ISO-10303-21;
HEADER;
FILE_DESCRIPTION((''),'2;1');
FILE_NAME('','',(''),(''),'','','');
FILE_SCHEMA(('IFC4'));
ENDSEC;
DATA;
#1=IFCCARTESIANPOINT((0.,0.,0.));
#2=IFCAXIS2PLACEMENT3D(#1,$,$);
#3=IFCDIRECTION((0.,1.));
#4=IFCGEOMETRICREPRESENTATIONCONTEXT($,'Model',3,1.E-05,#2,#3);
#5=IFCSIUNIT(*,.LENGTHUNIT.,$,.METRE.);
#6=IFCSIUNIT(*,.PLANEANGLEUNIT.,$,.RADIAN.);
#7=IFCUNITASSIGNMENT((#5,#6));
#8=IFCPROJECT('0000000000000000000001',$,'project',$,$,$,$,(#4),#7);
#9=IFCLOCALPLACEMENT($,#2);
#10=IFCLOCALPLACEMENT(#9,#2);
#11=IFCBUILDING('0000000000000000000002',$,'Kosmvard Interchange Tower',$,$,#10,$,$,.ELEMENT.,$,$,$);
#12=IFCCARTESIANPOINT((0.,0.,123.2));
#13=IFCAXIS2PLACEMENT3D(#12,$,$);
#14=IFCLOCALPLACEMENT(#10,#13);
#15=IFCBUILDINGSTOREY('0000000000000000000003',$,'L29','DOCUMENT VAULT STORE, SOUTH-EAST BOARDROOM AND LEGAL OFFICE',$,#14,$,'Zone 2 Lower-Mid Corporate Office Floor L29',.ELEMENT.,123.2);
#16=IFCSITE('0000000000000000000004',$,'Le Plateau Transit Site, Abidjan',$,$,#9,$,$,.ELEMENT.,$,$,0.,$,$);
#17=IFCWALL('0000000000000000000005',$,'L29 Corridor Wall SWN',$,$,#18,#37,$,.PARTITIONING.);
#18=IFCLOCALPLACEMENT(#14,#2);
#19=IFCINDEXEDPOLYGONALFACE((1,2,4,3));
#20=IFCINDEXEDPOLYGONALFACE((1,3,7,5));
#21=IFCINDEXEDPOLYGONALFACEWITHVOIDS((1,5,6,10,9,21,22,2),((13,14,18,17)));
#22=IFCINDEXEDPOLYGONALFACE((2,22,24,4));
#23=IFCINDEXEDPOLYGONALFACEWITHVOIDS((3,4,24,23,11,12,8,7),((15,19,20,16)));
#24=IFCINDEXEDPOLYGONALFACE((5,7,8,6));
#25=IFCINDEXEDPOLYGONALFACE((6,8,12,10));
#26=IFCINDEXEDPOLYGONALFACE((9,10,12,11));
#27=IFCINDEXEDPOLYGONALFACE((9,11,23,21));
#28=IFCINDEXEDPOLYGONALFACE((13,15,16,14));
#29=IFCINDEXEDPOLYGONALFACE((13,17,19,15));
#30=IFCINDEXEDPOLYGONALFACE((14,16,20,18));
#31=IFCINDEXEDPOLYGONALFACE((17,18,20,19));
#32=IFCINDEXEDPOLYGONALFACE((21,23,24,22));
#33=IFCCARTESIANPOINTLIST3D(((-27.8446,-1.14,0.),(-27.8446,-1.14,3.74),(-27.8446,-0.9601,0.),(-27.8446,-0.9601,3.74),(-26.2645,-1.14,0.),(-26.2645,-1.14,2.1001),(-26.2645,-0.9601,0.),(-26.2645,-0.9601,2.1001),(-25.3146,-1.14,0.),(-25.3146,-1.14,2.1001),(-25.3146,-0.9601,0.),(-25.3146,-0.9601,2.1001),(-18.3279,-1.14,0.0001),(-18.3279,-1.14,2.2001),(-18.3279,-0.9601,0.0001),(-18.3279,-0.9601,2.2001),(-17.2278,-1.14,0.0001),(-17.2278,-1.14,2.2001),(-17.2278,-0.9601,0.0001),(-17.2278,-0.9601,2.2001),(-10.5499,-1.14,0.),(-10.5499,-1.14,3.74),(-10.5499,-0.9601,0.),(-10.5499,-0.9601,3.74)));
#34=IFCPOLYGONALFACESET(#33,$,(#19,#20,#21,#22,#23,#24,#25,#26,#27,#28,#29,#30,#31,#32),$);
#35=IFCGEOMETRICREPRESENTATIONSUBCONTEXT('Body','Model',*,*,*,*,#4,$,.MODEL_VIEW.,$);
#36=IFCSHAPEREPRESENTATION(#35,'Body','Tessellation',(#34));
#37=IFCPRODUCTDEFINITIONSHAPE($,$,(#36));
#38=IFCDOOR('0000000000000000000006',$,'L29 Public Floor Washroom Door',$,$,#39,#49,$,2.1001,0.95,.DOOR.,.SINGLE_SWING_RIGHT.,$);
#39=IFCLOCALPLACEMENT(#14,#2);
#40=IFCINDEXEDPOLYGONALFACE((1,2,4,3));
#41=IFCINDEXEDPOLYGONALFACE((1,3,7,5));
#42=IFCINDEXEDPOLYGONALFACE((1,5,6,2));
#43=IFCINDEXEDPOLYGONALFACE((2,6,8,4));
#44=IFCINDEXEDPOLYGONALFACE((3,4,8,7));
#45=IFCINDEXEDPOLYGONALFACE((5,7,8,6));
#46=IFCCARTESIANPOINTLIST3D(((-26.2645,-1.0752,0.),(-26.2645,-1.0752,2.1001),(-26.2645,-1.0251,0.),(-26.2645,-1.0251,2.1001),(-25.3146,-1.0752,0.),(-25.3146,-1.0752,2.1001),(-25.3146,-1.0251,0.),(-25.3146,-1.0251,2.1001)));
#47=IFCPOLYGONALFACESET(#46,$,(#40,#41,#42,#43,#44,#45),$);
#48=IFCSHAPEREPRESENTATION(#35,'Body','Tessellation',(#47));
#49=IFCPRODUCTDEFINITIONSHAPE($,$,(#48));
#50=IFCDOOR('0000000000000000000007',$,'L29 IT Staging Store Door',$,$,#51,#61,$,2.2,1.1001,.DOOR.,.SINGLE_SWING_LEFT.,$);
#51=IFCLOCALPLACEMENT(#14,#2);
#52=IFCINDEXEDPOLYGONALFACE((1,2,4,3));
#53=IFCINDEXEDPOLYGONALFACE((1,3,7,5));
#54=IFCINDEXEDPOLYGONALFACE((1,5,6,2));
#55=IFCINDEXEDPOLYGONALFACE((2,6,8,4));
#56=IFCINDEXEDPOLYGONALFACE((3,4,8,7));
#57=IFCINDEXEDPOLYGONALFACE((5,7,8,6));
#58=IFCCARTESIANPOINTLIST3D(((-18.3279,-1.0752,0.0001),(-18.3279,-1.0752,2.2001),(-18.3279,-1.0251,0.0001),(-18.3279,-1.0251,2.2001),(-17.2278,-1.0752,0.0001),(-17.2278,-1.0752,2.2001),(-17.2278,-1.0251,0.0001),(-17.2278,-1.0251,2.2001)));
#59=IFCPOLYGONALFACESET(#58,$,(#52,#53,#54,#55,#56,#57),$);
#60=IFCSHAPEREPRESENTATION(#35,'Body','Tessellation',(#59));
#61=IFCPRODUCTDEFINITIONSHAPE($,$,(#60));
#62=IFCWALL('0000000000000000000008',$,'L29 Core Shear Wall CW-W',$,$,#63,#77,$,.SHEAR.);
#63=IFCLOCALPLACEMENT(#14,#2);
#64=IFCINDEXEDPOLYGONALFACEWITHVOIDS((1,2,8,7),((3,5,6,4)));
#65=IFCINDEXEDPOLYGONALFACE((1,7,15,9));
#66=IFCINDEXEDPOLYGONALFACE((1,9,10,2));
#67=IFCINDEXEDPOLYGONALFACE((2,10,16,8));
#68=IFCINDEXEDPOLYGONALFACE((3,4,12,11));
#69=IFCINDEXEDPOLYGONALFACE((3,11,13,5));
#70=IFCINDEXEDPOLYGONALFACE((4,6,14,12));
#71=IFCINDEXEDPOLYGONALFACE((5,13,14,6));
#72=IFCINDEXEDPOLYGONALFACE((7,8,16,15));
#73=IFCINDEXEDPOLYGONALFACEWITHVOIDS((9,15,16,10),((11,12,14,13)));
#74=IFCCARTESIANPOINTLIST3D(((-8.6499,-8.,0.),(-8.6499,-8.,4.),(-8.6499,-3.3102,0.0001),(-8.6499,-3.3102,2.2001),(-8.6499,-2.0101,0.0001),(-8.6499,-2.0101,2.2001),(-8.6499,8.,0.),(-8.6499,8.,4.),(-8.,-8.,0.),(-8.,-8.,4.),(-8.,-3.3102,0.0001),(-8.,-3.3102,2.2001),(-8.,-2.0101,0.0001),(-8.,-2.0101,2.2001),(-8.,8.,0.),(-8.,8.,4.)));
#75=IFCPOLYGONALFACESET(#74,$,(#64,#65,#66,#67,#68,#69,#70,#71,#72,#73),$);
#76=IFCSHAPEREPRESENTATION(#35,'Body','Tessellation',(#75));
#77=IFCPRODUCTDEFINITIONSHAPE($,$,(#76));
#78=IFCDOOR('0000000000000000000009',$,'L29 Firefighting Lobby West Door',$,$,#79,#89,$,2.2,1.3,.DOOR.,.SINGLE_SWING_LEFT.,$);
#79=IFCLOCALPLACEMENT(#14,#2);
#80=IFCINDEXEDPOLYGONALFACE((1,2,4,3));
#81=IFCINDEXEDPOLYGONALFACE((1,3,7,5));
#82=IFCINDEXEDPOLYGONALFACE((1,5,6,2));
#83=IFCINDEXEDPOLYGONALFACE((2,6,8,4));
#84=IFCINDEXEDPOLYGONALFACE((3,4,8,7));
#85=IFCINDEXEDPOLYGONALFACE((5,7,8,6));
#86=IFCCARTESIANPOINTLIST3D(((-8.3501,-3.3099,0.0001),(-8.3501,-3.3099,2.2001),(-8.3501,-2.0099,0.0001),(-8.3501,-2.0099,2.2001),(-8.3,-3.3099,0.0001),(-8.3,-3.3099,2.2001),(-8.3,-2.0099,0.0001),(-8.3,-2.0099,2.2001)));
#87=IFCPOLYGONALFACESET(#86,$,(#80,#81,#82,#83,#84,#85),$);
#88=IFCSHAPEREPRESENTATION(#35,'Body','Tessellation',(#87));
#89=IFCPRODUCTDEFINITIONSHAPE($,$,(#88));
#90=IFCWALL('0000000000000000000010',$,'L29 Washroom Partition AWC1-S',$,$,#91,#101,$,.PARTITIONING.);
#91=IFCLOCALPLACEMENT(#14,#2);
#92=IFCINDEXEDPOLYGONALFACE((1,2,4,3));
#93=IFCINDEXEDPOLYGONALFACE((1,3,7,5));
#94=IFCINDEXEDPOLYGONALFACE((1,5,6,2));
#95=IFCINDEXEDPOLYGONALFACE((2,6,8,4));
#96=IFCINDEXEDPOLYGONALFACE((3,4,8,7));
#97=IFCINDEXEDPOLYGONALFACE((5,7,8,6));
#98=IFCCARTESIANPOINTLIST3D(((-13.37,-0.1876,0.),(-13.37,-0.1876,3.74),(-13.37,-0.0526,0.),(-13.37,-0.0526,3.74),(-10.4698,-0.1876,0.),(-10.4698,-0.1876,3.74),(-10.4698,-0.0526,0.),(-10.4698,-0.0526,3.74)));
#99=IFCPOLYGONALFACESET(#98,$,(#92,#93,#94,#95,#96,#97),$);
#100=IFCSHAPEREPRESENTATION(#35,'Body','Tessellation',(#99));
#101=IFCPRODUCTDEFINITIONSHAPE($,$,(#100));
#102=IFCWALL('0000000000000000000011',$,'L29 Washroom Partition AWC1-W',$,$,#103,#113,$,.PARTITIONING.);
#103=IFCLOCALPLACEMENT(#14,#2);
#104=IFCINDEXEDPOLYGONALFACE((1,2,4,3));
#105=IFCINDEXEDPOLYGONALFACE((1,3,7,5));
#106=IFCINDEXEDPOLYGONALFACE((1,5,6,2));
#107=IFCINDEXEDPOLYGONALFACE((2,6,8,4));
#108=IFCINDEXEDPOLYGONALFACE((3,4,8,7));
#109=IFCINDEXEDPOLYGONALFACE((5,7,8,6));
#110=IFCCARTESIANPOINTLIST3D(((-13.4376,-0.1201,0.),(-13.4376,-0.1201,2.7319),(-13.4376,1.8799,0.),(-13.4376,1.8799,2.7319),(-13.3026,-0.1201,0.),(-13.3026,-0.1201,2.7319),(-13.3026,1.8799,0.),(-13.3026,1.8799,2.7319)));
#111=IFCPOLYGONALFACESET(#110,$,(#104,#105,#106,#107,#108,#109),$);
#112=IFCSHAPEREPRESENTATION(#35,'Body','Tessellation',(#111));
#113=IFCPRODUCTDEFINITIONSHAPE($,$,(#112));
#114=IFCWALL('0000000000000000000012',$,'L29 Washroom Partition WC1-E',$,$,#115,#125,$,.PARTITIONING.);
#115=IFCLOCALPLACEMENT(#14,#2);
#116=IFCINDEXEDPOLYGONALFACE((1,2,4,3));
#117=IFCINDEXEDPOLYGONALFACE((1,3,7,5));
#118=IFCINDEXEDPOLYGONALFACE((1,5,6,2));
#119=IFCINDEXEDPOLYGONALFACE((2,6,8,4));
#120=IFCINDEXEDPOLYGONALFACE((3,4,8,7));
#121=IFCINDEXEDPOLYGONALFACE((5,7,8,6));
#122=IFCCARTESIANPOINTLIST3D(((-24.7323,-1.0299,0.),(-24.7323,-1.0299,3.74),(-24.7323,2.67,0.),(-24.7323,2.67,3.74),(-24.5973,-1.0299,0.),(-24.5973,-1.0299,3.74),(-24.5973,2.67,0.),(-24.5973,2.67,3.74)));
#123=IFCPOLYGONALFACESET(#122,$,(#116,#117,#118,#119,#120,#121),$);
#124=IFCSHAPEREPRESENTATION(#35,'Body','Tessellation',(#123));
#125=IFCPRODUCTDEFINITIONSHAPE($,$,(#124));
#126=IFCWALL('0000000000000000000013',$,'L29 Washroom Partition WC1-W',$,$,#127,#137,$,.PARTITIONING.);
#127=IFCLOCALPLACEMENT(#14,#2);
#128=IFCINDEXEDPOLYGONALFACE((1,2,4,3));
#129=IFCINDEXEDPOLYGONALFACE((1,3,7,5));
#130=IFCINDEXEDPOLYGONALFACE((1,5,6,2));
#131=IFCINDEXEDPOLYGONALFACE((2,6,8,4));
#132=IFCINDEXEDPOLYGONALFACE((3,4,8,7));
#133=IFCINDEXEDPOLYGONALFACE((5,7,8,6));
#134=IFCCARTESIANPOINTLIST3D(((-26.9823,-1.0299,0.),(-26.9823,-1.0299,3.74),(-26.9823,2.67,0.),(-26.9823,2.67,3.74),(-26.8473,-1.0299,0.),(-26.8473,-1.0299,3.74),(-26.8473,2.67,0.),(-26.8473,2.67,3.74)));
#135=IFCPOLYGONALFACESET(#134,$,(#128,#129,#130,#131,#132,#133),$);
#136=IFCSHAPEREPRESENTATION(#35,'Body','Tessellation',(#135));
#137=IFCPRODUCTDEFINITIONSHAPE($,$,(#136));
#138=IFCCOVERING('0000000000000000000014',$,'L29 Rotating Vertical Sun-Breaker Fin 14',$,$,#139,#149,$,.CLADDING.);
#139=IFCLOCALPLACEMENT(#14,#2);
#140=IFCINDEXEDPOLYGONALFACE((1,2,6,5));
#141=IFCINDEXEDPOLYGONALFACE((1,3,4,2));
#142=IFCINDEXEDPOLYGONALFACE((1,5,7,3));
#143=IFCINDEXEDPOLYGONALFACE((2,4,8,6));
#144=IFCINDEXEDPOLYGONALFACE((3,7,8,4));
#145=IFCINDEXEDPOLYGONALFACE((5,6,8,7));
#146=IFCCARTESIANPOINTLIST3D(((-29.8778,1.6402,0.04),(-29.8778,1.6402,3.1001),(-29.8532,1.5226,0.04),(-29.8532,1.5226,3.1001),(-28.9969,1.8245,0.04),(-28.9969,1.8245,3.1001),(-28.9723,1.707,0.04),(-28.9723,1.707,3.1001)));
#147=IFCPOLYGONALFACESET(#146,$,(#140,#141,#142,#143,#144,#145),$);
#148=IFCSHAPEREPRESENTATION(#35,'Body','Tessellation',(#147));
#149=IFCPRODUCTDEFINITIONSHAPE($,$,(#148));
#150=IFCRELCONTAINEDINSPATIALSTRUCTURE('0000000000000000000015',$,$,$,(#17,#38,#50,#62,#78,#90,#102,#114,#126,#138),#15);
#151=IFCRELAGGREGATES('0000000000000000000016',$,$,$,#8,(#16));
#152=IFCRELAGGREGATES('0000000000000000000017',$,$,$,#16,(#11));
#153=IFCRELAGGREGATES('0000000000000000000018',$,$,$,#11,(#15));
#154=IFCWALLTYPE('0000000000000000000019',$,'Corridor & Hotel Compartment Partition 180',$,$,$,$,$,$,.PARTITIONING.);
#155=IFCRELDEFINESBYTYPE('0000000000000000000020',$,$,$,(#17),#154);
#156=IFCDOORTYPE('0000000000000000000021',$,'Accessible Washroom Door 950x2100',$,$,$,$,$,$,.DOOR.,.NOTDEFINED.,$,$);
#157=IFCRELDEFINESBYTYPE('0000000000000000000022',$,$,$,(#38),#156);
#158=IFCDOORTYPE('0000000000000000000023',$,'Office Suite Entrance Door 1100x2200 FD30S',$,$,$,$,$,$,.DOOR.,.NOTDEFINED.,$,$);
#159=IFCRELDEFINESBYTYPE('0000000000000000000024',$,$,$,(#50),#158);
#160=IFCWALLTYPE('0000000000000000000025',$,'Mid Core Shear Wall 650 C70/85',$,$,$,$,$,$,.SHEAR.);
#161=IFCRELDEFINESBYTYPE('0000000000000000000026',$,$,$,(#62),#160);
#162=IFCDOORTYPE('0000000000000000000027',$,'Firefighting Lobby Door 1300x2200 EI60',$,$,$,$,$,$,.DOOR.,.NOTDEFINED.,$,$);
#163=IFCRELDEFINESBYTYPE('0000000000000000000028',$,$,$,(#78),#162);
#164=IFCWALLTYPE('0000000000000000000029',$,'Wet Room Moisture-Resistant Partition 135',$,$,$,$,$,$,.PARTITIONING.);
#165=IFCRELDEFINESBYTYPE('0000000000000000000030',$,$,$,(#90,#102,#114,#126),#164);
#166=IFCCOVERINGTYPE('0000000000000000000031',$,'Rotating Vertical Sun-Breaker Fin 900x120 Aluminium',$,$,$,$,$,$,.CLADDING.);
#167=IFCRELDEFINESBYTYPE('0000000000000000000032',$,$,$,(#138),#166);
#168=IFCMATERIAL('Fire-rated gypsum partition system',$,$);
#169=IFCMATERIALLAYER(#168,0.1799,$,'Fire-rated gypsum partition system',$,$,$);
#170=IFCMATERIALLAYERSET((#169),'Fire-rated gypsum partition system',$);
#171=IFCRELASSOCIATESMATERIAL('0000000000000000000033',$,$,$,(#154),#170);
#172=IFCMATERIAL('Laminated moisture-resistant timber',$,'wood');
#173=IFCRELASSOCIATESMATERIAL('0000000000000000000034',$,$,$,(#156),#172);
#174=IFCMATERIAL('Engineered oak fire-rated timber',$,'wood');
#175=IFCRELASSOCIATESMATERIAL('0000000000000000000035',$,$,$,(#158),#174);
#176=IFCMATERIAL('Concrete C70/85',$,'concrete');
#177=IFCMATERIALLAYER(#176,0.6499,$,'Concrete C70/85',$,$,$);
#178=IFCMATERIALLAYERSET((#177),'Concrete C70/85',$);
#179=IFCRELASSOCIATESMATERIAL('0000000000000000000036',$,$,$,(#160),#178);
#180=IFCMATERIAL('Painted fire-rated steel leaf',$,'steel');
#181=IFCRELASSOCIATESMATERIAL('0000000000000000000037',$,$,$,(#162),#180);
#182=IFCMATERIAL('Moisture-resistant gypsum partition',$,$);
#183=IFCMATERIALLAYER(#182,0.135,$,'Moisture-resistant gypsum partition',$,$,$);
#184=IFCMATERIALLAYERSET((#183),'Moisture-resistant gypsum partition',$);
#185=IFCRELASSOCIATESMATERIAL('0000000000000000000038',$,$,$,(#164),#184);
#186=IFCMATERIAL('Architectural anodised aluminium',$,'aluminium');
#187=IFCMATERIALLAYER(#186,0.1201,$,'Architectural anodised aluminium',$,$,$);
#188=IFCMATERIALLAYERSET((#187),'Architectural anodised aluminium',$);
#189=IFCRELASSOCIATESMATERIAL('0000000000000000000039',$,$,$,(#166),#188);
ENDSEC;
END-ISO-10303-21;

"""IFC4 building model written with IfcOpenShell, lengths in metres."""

from ifc_helpers import new_model, si_unit, direction, frame, frame_2d, origin, origin_2d, place, context, subcontext, project, spatial, rectangle, extrude, source, transform, mapped, material, layer, layer_set, type_object, element, fill, save


model = new_model("IFC4")

# Units and contexts
model_context = context("Model", 3, precision=1e-05, world=origin(), true_north=direction((0.0, 1.0)))
body_context = subcontext(model_context, "Body", "Model", "MODEL_VIEW")
ifc_project = project(units=[si_unit("LENGTHUNIT", "METRE"), si_unit("PLANEANGLEUNIT", "RADIAN")], contexts=[model_context])

# Site, building, storey
site_placement = place(None, origin())
site = spatial("IfcSite", under=ifc_project, at=site_placement, Name="Le Plateau Transit Site, Abidjan", CompositionType="ELEMENT", RefElevation=0.0)
building_placement = place(site_placement, origin())
building = spatial("IfcBuilding", under=site, at=building_placement, Name="Kosmvard Interchange Tower", CompositionType="ELEMENT")
storey_placement = place(building_placement, frame((0.0, 0.0, 123.2)))
storey = spatial("IfcBuildingStorey", under=building, at=storey_placement, Name="L29", Description="DOCUMENT VAULT STORE, SOUTH-EAST BOARDROOM AND LEGAL OFFICE", LongName="Zone 2 Lower-Mid Corporate Office Floor L29", CompositionType="ELEMENT", Elevation=123.2)

# Shared definitions
ifc_material_1 = material(Name="Fire-rated gypsum partition system")
ifc_layer_1 = layer(ifc_material_1, 0.1799, Name="Fire-rated gypsum partition system")
ifc_layer_set_1 = layer_set([ifc_layer_1], Name="Fire-rated gypsum partition system")
wall_type_1 = type_object("IfcWallType", Name="Corridor & Hotel Compartment Partition 180", PredefinedType="PARTITIONING", material=ifc_layer_set_1)
ifc_material_2 = material(Name="Laminated moisture-resistant timber", Category="wood")
door_type_1 = type_object("IfcDoorType", Name="Accessible Washroom Door 950x2100", OperationType="NOTDEFINED", PredefinedType="DOOR", material=ifc_material_2)
shared_shape_1 = source(origin(), body_context, "Body", "SweptSolid", [
    extrude(rectangle(XDim=0.95, YDim=2.1001, at=frame_2d((0.4751, 1.05))), frame((0.0, 0.0249, 0.0), z_axis=(0.0, -1.0, 0.0), x_axis=(1.0, 0.0, 0.0)), (0.0, 0.0, 1.0), 0.05),
])
ifc_material_3 = material(Name="Engineered oak fire-rated timber", Category="wood")
door_type_2 = type_object("IfcDoorType", Name="Office Suite Entrance Door 1100x2200 FD30S", OperationType="NOTDEFINED", PredefinedType="DOOR", material=ifc_material_3)
shared_shape_2 = source(origin(), body_context, "Body", "SweptSolid", [
    extrude(rectangle(XDim=1.1001, YDim=2.2, at=frame_2d((0.55, 1.1001))), frame((0.0, 0.0249, 0.0), z_axis=(0.0, -1.0, 0.0), x_axis=(1.0, 0.0, 0.0)), (0.0, 0.0, 1.0), 0.05),
])

# Wall, openings, doors
wall_1_placement = place(storey_placement, frame((-27.8447, -1.05, 0.0), z_axis=(0.0, 0.0, 1.0), x_axis=(1.0, 0.0, 0.0)))
wall_1 = element("IfcWall", 1, at=wall_1_placement, inside=storey, type_object=wall_type_1, Name="L29 Corridor Wall SWN", PredefinedType="PARTITIONING", context=body_context, shape_type="SweptSolid", body=[
    extrude(rectangle(XDim=17.2947, YDim=0.1799, at=frame_2d((8.6475, 0.0))), origin(), (0.0, 0.0, 1.0), 3.74),
])
opening_1_placement = place(wall_1_placement, frame((1.5801, 0.0, 0.0)))
opening_1 = element("IfcOpeningElement", 2, at=opening_1_placement, cuts=wall_1, PredefinedType="OPENING", context=body_context, shape_type="SweptSolid", body=[
    extrude(rectangle(XDim=0.95, YDim=2.1001, at=frame_2d((0.4751, 1.05))), frame((0.0, 0.1001, 0.0), z_axis=(0.0, -1.0, 0.0), x_axis=(1.0, 0.0, 0.0)), (0.0, 0.0, 1.0), 0.2),
])
opening_2_placement = place(wall_1_placement, frame((9.5168, 0.0, 0.0)))
opening_2 = element("IfcOpeningElement", 3, at=opening_2_placement, cuts=wall_1, PredefinedType="OPENING", context=body_context, shape_type="SweptSolid", body=[
    extrude(rectangle(XDim=1.1001, YDim=2.2, at=frame_2d((0.55, 1.1001))), frame((0.0, 0.1001, 0.0), z_axis=(0.0, -1.0, 0.0), x_axis=(1.0, 0.0, 0.0)), (0.0, 0.0, 1.0), 0.2),
])
door_1_placement = place(opening_1_placement, origin())
door_1 = element("IfcDoor", 4, at=door_1_placement, inside=storey, type_object=door_type_1, Name="L29 Public Floor Washroom Door", OperationType="SINGLE_SWING_RIGHT", OverallHeight=2.1001, OverallWidth=0.95, PredefinedType="DOOR", context=body_context, shape_type="MappedRepresentation", body=[
    mapped(shared_shape_1, transform((0.0, 0.0, 0.0), scale=1.0)),
])
fill(opening_1, door_1)
door_2_placement = place(opening_2_placement, origin())
door_2 = element("IfcDoor", 5, at=door_2_placement, inside=storey, type_object=door_type_2, Name="L29 IT Staging Store Door", OperationType="SINGLE_SWING_LEFT", OverallHeight=2.2, OverallWidth=1.1001, PredefinedType="DOOR", context=body_context, shape_type="MappedRepresentation", body=[
    mapped(shared_shape_2, transform((0.0, 0.0, 0.0), scale=1.0)),
])
fill(opening_2, door_2)

# Wall, opening, door
ifc_material_4 = material(Name="Concrete C70/85", Category="concrete")
ifc_layer_2 = layer(ifc_material_4, 0.6499, Name="Concrete C70/85")
ifc_layer_set_2 = layer_set([ifc_layer_2], Name="Concrete C70/85")
wall_type_2 = type_object("IfcWallType", Name="Mid Core Shear Wall 650 C70/85", PredefinedType="SHEAR", material=ifc_layer_set_2)
wall_2_placement = place(storey_placement, frame((-8.325, -8.0, 0.0), z_axis=(0.0, 0.0, 1.0), x_axis=(0.0, 1.0, 0.0)))
wall_2 = element("IfcWall", 6, at=wall_2_placement, inside=storey, type_object=wall_type_2, Name="L29 Core Shear Wall CW-W", PredefinedType="SHEAR", context=body_context, shape_type="SweptSolid", body=[
    extrude(rectangle(XDim=16.0, YDim=0.6499, at=frame_2d((8.0, 0.0))), origin(), (0.0, 0.0, 1.0), 4.0),
])
opening_3_placement = place(wall_2_placement, frame((4.6899, 0.0, 0.0)))
opening_3 = element("IfcOpeningElement", 7, at=opening_3_placement, cuts=wall_2, PredefinedType="OPENING", context=body_context, shape_type="SweptSolid", body=[
    extrude(rectangle(XDim=1.3, YDim=2.2, at=frame_2d((0.6499, 1.1001))), frame((0.0, 0.335, 0.0), z_axis=(0.0, -1.0, 0.0), x_axis=(1.0, 0.0, 0.0)), (0.0, 0.0, 1.0), 0.6699),
])
ifc_material_5 = material(Name="Painted fire-rated steel leaf", Category="steel")
door_type_3 = type_object("IfcDoorType", Name="Firefighting Lobby Door 1300x2200 EI60", OperationType="NOTDEFINED", PredefinedType="DOOR", material=ifc_material_5)
shared_shape_3 = source(origin(), body_context, "Body", "SweptSolid", [
    extrude(rectangle(XDim=1.3, YDim=2.2, at=frame_2d((0.6499, 1.1001))), frame((0.0, 0.0249, 0.0), z_axis=(0.0, -1.0, 0.0), x_axis=(1.0, 0.0, 0.0)), (0.0, 0.0, 1.0), 0.05),
])
door_3_placement = place(opening_3_placement, frame((1.3, 0.0, 0.0), z_axis=(0.0, 0.0, 1.0), x_axis=(-1.0, 0.0, 0.0)))
door_3 = element("IfcDoor", 8, at=door_3_placement, inside=storey, type_object=door_type_3, Name="L29 Firefighting Lobby West Door", OperationType="SINGLE_SWING_LEFT", OverallHeight=2.2, OverallWidth=1.3, PredefinedType="DOOR", context=body_context, shape_type="MappedRepresentation", body=[
    mapped(shared_shape_3, transform((0.0, 0.0, 0.0), scale=1.0)),
])
fill(opening_3, door_3)

# Walls
ifc_material_6 = material(Name="Moisture-resistant gypsum partition")
ifc_layer_3 = layer(ifc_material_6, 0.135, Name="Moisture-resistant gypsum partition")
ifc_layer_set_3 = layer_set([ifc_layer_3], Name="Moisture-resistant gypsum partition")
wall_type_3 = type_object("IfcWallType", Name="Wet Room Moisture-Resistant Partition 135", PredefinedType="PARTITIONING", material=ifc_layer_set_3)
wall_3_placement = place(storey_placement, frame((-13.3701, -0.1201, 0.0), z_axis=(0.0, 0.0, 1.0), x_axis=(1.0, 0.0, 0.0)))
element("IfcWall", 9, at=wall_3_placement, inside=storey, type_object=wall_type_3, Name="L29 Washroom Partition AWC1-S", PredefinedType="PARTITIONING", context=body_context, shape_type="SweptSolid", body=[
    extrude(rectangle(XDim=2.9001, YDim=0.135, at=frame_2d((1.4502, 0.0))), origin(), (0.0, 0.0, 1.0), 3.74),
])
wall_4_placement = place(storey_placement, frame((-13.3701, -0.1201, 0.0), z_axis=(0.0, 0.0, 1.0), x_axis=(0.0, 1.0, 0.0)))
element("IfcWall", 10, at=wall_4_placement, inside=storey, type_object=wall_type_3, Name="L29 Washroom Partition AWC1-W", PredefinedType="PARTITIONING", context=body_context, shape_type="SweptSolid", body=[
    extrude(rectangle(XDim=2.0, YDim=0.135, at=frame_2d((1.0, 0.0))), origin(), (0.0, 0.0, 1.0), 2.7319),
])
for number, where, z_axis, x_axis, name in (
    (11, (-24.6648, -1.03, 0.0), (0.0, 0.0, 1.0), (0.0, 1.0, 0.0), "L29 Washroom Partition WC1-E"),
    (12, (-26.9148, -1.03, 0.0), (0.0, 0.0, 1.0), (0.0, 1.0, 0.0), "L29 Washroom Partition WC1-W"),
):
    element("IfcWall", number, at=place(storey_placement, frame(where, z_axis=z_axis, x_axis=x_axis)), inside=storey, type_object=wall_type_3, Name=name, PredefinedType="PARTITIONING", context=body_context, shape_type="SweptSolid", body=[
        extrude(rectangle(XDim=3.7, YDim=0.135, at=frame_2d((1.8501, 0.0))), origin(), (0.0, 0.0, 1.0), 3.74),
    ])

# Covering
ifc_material_7 = material(Name="Architectural anodised aluminium", Category="aluminium")
ifc_layer_4 = layer(ifc_material_7, 0.1201, Name="Architectural anodised aluminium")
ifc_layer_set_4 = layer_set([ifc_layer_4], Name="Architectural anodised aluminium")
covering_type = type_object("IfcCoveringType", Name="Rotating Vertical Sun-Breaker Fin 900x120 Aluminium", PredefinedType="CLADDING", material=ifc_layer_set_4)
shared_shape_4 = source(origin(), body_context, "Body", "SweptSolid", [
    extrude(rectangle(XDim=0.8999, YDim=0.1201, at=origin_2d()), origin(), (0.0, 0.0, 1.0), 3.0601),
])
covering_placement = place(storey_placement, frame((-29.425, 1.6736, 0.04), z_axis=(0.0, 0.0, 1.0), x_axis=(-0.978796, -0.204838, 0.0)))
element("IfcCovering", 13, at=covering_placement, inside=storey, type_object=covering_type, Name="L29 Rotating Vertical Sun-Breaker Fin 14", PredefinedType="CLADDING", context=body_context, shape_type="MappedRepresentation", body=[
    mapped(shared_shape_4, transform((0.0, 0.0, 0.0), scale=1.0)),
])

save(model, "model.ifc")
